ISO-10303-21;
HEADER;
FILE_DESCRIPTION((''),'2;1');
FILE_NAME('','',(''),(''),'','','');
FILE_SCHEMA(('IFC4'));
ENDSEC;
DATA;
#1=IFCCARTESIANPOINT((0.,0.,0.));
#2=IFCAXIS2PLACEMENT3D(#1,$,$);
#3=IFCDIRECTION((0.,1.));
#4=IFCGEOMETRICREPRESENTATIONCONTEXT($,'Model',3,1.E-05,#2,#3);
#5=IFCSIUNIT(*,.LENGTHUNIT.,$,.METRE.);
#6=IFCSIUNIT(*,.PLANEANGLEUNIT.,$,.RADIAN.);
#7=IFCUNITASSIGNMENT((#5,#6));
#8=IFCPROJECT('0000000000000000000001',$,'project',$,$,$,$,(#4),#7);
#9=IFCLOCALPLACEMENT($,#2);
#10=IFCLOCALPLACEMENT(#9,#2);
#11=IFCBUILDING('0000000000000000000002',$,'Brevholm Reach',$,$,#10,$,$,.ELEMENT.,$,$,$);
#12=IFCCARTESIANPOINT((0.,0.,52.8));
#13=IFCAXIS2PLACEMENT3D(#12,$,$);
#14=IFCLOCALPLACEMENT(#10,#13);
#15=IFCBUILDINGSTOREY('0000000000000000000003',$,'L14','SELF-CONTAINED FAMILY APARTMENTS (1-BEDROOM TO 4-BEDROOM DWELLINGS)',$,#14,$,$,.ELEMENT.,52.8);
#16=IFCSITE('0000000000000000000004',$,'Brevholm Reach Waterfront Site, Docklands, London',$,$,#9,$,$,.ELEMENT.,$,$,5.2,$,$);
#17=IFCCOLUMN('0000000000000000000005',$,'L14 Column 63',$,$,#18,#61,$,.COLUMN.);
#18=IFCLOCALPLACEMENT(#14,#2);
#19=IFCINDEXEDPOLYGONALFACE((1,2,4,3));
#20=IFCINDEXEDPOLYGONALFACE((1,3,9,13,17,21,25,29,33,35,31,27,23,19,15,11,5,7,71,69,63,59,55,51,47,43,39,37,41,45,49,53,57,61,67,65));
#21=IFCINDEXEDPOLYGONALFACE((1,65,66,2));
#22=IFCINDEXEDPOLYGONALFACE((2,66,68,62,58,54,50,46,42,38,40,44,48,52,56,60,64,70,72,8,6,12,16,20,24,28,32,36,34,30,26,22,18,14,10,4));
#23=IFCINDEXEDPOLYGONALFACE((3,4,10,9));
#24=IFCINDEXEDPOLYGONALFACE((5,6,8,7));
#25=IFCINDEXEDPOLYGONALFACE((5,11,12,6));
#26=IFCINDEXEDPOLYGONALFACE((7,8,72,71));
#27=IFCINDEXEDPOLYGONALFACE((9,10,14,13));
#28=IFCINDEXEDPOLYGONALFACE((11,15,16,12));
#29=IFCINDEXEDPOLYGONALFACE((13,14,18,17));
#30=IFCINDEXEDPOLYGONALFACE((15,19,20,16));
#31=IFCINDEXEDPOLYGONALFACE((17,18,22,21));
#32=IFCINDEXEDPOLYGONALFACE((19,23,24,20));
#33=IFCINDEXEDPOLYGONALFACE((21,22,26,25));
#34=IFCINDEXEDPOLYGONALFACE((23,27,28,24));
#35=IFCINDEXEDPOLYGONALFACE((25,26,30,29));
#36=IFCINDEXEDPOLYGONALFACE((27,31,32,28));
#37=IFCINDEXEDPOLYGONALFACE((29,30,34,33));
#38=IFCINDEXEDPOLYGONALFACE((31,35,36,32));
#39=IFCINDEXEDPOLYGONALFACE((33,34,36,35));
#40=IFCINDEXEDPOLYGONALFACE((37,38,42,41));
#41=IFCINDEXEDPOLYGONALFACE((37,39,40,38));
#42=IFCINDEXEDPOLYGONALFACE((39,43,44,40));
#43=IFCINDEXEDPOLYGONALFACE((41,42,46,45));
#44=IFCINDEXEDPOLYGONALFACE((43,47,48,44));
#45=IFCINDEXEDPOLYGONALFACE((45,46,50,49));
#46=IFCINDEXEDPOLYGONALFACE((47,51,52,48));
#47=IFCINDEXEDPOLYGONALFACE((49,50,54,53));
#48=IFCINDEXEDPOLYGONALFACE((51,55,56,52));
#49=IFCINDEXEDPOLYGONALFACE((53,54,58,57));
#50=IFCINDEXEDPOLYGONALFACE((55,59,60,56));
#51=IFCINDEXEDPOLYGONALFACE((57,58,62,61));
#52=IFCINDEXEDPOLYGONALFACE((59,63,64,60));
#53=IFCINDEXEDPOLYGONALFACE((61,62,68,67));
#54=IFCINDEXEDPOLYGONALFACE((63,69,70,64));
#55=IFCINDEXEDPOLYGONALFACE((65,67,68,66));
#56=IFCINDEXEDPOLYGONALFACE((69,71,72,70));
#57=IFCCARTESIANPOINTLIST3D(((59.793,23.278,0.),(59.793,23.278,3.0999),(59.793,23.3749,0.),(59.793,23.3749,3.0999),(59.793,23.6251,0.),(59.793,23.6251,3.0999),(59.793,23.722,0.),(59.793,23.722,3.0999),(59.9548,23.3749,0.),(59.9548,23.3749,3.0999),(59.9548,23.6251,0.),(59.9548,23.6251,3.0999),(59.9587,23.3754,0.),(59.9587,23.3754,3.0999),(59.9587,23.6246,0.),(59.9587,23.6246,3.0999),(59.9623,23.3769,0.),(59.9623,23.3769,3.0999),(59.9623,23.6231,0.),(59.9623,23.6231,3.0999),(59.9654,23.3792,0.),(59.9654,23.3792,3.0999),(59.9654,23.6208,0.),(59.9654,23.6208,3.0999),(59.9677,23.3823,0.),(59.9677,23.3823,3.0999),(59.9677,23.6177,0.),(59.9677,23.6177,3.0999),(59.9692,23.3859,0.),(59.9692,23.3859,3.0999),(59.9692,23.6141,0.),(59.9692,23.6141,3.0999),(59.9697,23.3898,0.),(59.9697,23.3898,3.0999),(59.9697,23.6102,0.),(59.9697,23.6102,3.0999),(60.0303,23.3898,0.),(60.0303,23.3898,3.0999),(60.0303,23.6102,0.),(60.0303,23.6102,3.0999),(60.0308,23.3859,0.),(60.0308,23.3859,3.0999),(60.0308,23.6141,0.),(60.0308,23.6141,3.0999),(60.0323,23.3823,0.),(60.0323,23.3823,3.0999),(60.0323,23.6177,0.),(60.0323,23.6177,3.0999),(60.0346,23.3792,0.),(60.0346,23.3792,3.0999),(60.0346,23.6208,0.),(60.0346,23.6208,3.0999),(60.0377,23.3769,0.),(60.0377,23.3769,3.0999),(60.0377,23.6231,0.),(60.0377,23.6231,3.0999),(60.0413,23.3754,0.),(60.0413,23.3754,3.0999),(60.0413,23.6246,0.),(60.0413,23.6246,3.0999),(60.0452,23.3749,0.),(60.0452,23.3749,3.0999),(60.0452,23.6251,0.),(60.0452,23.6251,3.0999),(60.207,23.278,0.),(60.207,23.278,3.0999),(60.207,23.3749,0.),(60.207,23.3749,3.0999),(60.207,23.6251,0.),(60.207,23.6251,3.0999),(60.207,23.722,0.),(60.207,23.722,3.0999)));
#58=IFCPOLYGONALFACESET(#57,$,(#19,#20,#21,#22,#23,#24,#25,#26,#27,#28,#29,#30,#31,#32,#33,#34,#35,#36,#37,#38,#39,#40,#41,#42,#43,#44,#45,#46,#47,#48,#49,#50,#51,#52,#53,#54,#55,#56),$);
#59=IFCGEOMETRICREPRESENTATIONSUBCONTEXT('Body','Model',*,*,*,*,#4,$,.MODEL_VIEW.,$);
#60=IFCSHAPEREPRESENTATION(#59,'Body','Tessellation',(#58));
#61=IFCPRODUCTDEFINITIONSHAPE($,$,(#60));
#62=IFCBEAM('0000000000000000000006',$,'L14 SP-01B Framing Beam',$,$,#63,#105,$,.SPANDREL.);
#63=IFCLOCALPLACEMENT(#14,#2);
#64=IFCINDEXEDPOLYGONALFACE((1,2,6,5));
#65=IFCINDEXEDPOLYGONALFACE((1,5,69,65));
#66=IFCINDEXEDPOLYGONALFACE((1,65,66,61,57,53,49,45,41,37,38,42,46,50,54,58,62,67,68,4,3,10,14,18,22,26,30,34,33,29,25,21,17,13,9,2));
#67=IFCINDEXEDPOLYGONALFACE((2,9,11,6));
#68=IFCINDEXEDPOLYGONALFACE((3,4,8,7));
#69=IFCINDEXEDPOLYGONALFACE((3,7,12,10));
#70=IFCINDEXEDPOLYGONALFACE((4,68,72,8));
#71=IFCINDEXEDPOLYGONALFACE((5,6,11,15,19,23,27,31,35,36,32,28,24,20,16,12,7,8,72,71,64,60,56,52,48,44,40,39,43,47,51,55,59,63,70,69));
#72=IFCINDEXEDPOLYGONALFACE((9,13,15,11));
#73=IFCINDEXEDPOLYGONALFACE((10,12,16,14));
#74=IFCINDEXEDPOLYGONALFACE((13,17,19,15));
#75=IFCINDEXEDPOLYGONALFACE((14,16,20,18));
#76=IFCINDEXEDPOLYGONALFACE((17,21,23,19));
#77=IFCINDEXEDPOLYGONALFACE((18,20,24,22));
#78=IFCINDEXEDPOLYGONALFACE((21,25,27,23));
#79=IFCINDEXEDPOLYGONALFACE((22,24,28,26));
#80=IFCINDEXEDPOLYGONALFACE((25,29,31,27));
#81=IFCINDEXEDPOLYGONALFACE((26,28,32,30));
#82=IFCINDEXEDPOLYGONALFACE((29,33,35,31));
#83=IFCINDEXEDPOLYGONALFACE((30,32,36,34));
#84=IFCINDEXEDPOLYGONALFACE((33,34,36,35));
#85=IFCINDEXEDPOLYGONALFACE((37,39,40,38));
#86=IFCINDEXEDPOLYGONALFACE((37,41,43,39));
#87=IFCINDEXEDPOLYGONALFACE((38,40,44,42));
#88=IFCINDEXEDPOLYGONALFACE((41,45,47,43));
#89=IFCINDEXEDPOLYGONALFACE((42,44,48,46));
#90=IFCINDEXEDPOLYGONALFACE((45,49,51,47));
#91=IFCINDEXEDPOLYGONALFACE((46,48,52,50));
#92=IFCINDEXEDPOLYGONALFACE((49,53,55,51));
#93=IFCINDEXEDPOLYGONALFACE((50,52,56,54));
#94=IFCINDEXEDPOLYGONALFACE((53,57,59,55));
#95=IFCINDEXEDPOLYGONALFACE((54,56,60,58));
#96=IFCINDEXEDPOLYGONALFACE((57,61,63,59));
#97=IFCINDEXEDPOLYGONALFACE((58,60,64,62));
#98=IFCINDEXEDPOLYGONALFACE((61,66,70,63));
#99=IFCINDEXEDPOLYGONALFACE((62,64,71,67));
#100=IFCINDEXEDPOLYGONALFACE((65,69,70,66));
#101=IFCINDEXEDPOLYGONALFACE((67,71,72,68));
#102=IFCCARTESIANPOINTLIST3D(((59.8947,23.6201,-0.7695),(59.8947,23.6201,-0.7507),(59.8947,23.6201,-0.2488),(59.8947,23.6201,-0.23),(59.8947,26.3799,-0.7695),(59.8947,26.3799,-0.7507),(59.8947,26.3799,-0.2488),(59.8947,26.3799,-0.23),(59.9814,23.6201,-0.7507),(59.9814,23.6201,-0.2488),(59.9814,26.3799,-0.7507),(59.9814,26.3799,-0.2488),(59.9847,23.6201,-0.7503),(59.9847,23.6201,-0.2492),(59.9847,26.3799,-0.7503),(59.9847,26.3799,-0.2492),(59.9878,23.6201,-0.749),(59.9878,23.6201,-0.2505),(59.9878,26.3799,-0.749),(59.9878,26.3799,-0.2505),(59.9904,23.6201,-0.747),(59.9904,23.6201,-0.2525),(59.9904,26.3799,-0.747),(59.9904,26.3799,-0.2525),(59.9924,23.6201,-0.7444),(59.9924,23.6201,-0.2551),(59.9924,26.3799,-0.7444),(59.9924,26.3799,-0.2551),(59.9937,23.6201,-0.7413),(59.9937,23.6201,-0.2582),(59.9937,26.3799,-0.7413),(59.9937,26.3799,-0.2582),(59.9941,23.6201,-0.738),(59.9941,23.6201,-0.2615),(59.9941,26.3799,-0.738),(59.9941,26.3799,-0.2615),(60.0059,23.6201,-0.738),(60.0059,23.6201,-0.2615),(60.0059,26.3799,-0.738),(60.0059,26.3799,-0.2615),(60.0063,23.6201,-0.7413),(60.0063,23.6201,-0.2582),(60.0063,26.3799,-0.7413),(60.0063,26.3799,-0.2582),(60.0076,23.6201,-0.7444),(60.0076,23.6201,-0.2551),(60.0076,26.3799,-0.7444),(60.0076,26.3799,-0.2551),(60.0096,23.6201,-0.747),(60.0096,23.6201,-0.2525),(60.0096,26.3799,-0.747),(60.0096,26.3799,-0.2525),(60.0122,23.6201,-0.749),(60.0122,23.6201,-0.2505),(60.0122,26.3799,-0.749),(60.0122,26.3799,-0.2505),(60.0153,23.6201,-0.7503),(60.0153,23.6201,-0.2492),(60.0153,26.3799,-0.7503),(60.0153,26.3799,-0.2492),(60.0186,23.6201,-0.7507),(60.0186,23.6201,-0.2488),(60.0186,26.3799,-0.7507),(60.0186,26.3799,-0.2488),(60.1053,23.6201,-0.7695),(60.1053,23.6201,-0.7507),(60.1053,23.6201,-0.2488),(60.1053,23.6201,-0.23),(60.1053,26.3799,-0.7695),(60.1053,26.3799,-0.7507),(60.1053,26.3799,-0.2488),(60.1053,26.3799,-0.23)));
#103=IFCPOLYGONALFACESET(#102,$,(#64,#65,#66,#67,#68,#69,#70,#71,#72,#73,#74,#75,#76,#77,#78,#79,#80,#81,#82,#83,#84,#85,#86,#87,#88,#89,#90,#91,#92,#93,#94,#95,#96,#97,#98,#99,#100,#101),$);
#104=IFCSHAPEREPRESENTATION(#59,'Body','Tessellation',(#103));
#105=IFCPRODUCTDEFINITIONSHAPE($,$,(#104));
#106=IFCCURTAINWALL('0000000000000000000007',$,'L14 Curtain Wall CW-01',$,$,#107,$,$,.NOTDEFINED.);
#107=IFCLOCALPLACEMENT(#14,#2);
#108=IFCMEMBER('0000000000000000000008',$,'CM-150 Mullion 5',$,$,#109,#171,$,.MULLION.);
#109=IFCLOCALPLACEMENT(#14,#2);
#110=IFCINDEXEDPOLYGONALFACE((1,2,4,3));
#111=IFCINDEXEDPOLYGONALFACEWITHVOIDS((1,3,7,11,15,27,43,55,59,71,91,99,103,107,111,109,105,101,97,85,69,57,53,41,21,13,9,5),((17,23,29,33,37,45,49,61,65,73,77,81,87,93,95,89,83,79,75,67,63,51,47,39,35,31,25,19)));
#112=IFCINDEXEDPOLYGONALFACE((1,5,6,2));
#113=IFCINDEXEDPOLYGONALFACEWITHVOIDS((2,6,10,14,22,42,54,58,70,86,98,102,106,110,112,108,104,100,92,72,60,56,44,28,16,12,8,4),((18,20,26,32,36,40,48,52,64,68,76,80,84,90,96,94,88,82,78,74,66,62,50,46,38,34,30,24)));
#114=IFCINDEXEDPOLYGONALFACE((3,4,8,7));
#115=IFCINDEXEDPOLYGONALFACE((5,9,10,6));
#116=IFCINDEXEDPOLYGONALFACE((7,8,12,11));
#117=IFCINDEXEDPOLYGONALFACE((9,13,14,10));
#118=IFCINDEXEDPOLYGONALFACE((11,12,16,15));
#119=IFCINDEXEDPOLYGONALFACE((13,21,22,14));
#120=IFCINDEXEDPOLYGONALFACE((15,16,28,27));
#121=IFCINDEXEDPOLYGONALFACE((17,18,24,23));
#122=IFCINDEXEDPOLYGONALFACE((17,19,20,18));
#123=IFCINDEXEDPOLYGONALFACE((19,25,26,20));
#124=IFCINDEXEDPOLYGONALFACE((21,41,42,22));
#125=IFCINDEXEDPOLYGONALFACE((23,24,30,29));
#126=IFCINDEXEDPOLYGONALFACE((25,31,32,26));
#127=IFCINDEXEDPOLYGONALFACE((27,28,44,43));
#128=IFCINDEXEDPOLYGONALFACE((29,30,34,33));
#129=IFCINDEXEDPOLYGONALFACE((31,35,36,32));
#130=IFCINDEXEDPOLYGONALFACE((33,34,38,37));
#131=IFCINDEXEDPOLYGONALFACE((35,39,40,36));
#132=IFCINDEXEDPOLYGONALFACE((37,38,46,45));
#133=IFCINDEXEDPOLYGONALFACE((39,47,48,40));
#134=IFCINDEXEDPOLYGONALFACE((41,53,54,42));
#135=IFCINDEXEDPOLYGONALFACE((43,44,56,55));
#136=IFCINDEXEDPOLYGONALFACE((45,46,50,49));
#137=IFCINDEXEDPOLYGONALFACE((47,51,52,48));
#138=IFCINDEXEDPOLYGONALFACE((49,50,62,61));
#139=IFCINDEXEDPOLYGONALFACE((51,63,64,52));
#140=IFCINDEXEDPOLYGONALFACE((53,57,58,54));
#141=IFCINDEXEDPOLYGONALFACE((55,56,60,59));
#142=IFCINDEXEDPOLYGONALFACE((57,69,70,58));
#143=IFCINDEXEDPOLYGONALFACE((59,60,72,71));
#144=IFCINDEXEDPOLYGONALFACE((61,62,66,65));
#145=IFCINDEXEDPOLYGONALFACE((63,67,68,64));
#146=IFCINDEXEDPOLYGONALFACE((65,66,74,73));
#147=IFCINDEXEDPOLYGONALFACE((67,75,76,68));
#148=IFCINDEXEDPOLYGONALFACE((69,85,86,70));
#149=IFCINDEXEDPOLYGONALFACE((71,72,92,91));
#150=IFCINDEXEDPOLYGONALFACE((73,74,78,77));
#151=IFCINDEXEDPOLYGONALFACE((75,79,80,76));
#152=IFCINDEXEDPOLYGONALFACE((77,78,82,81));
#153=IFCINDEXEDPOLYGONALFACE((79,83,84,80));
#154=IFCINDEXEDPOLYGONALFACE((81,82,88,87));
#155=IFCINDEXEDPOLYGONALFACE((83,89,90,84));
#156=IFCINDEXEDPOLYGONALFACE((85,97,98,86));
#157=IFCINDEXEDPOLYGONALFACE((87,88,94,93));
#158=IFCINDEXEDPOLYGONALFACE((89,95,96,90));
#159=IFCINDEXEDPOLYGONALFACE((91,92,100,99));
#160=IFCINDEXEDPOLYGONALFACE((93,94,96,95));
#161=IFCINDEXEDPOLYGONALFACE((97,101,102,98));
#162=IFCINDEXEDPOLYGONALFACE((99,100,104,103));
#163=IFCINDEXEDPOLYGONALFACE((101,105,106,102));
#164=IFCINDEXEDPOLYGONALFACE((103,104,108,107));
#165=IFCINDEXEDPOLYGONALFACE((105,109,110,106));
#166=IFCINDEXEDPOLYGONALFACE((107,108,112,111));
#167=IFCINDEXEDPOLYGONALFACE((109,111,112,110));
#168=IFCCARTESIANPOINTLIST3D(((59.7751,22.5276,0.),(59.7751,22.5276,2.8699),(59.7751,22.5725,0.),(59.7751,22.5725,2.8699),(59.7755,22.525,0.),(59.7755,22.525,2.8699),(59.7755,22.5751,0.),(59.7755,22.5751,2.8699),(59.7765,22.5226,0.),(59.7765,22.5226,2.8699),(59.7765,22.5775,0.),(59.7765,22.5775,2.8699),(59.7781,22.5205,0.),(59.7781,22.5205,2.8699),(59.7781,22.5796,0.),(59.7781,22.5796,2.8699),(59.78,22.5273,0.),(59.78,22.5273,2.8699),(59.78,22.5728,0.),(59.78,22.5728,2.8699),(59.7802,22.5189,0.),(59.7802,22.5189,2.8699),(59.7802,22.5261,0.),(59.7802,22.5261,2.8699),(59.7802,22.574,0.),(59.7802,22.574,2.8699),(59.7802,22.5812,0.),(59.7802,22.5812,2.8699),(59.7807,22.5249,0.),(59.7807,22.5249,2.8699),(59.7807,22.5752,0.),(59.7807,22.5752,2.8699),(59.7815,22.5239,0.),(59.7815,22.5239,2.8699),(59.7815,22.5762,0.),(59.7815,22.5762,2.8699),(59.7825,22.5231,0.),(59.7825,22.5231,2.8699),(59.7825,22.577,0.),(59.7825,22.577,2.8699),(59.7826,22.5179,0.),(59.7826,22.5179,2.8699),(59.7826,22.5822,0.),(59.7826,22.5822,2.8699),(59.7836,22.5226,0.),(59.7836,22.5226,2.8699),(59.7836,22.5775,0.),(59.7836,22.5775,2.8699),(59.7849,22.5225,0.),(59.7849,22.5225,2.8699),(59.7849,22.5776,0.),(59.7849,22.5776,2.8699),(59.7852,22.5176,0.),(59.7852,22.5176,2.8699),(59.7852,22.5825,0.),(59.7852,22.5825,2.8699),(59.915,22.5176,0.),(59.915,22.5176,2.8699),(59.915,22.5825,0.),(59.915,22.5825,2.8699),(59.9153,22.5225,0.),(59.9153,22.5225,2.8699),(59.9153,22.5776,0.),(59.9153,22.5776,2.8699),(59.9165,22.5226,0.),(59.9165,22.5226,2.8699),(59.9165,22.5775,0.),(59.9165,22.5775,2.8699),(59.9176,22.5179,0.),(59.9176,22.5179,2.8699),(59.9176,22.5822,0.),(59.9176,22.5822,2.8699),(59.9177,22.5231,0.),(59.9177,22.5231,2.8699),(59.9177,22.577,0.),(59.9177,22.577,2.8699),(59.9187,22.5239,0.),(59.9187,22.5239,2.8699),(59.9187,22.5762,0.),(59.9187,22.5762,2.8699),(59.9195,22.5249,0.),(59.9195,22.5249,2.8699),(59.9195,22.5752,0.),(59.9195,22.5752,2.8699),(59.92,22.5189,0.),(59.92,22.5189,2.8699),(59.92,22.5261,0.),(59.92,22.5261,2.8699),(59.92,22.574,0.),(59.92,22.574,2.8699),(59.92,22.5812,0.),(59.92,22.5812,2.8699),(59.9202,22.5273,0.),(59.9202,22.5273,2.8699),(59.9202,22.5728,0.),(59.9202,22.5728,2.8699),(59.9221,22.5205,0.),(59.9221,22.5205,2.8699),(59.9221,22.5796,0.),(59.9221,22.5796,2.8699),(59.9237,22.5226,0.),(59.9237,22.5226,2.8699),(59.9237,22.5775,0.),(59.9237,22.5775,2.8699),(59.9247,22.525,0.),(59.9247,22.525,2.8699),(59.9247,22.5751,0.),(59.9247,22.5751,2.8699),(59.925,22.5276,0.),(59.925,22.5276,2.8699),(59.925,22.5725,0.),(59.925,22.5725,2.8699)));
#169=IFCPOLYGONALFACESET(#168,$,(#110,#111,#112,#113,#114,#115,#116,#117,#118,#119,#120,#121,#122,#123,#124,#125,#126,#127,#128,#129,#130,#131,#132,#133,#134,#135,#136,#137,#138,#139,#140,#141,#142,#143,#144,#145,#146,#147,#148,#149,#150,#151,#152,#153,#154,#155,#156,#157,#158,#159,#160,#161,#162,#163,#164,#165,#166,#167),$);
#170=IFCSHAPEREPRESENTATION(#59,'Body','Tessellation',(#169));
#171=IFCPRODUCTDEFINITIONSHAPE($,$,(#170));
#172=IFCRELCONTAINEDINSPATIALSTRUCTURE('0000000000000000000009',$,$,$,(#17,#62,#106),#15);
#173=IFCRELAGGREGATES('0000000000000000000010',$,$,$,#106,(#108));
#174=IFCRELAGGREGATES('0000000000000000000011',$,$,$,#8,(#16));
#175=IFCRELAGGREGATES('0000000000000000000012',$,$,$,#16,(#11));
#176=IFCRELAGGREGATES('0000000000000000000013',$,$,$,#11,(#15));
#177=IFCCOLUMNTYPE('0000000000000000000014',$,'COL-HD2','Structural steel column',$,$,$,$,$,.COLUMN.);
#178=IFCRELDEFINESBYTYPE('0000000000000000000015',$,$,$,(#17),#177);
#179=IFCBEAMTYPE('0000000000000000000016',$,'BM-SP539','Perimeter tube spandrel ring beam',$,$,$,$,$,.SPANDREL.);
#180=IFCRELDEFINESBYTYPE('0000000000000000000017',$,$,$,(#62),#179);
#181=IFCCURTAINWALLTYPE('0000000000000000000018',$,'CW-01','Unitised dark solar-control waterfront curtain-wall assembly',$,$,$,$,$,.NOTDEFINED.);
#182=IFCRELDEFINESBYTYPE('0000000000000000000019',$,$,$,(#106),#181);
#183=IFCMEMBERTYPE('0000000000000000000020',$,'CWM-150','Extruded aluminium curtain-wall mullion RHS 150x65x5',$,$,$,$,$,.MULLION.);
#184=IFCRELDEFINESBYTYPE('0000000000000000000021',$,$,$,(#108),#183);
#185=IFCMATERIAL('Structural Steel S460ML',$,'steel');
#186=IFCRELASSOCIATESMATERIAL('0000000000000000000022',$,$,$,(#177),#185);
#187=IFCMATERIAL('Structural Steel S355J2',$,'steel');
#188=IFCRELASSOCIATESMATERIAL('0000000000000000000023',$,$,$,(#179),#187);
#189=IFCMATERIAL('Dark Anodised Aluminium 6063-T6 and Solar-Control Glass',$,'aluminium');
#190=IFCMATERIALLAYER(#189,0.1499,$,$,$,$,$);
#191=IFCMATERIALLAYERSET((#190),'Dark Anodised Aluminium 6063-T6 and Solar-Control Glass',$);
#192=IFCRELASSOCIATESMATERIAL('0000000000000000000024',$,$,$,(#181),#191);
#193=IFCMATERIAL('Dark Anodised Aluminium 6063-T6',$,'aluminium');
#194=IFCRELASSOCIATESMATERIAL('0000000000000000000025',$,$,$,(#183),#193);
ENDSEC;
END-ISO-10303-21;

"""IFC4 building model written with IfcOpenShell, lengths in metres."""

from ifc_helpers import new_model, si_unit, direction, frame, origin, origin_2d, place, context, subcontext, project, spatial, hollow_rectangle, i_section, extrude, material, layer, layer_set, material_profile, profile_set, type_object, element, aggregate, save


model = new_model("IFC4")

# Units and contexts
model_context = context("Model", 3, precision=1e-05, world=origin(), true_north=direction((0.0, 1.0)))
body_context = subcontext(model_context, "Body", "Model", "MODEL_VIEW")
ifc_project = project(units=[si_unit("LENGTHUNIT", "METRE"), si_unit("PLANEANGLEUNIT", "RADIAN")], contexts=[model_context])

# Site, building, storey
site_placement = place(None, origin())
site = spatial("IfcSite", under=ifc_project, at=site_placement, Name="Brevholm Reach Waterfront Site, Docklands, London", CompositionType="ELEMENT", RefElevation=5.2)
building_placement = place(site_placement, origin())
building = spatial("IfcBuilding", under=site, at=building_placement, Name="Brevholm Reach", CompositionType="ELEMENT")
storey_placement = place(building_placement, frame((0.0, 0.0, 52.8)))
storey = spatial("IfcBuildingStorey", under=building, at=storey_placement, Name="L14", Description="SELF-CONTAINED FAMILY APARTMENTS (1-BEDROOM TO 4-BEDROOM DWELLINGS)", CompositionType="ELEMENT", Elevation=52.8)

# Column
ifc_material_1 = material(Name="Structural Steel S460ML", Category="steel")
ifc_material_profile_1 = material_profile(ifc_material_1, i_section(OverallWidth=0.4141, OverallDepth=0.4441, WebThickness=0.0605, FlangeThickness=0.0969, FilletRadius=0.0149, at=origin_2d()), Name="HD 400x818")
ifc_profile_set_1 = profile_set([ifc_material_profile_1], Name="Structural Steel S460ML")
column_type = type_object("IfcColumnType", Name="COL-HD2", Description="Structural steel column", PredefinedType="COLUMN", material=ifc_profile_set_1)
column_placement = place(storey_placement, frame((60.0, 23.5, 0.0), z_axis=(0.0, 0.0, 1.0), x_axis=(1.0, 0.0, 0.0)))
element("IfcColumn", 1, at=column_placement, inside=storey, type_object=column_type, Name="L14 Column 63", PredefinedType="COLUMN", context=body_context, shape_type="SweptSolid", body=[
    extrude(i_section(OverallWidth=0.4141, OverallDepth=0.4441, WebThickness=0.0605, FlangeThickness=0.0969, FilletRadius=0.0149, at=origin_2d()), origin(), (0.0, 0.0, 1.0), 3.0999),
])

# Beam
ifc_material_2 = material(Name="Structural Steel S355J2", Category="steel")
ifc_material_profile_2 = material_profile(ifc_material_2, i_section(OverallWidth=0.2107, OverallDepth=0.5396, WebThickness=0.0117, FlangeThickness=0.0188, FilletRadius=0.0127, at=origin_2d()), Name="UKB 533x210x109")
ifc_profile_set_2 = profile_set([ifc_material_profile_2], Name="Structural Steel S355J2")
beam_type = type_object("IfcBeamType", Name="BM-SP539", Description="Perimeter tube spandrel ring beam", PredefinedType="SPANDREL", material=ifc_profile_set_2)
beam_placement = place(storey_placement, frame((60.0, 23.6201, -0.4998), z_axis=(0.0, 1.0, 0.0), x_axis=(-1.0, 0.0, 0.0)))
element("IfcBeam", 2, at=beam_placement, inside=storey, type_object=beam_type, Name="L14 SP-01B Framing Beam", PredefinedType="SPANDREL", context=body_context, shape_type="SweptSolid", body=[
    extrude(i_section(OverallWidth=0.2107, OverallDepth=0.5396, WebThickness=0.0117, FlangeThickness=0.0188, FilletRadius=0.0127, at=origin_2d()), origin(), (0.0, 0.0, 1.0), 2.7598),
])

# Curtain wall, member
ifc_material_3 = material(Name="Dark Anodised Aluminium 6063-T6 and Solar-Control Glass", Category="aluminium")
ifc_layer_1 = layer(ifc_material_3, 0.1499)
ifc_layer_set_1 = layer_set([ifc_layer_1], Name="Dark Anodised Aluminium 6063-T6 and Solar-Control Glass")
curtain_wall_type = type_object("IfcCurtainWallType", Name="CW-01", Description="Unitised dark solar-control waterfront curtain-wall assembly", PredefinedType="NOTDEFINED", material=ifc_layer_set_1)
curtain_wall_placement = place(storey_placement, origin())
curtain_wall = element("IfcCurtainWall", 3, at=curtain_wall_placement, inside=storey, type_object=curtain_wall_type, Name="L14 Curtain Wall CW-01", PredefinedType="NOTDEFINED")
ifc_material_4 = material(Name="Dark Anodised Aluminium 6063-T6", Category="aluminium")
ifc_material_profile_3 = material_profile(ifc_material_4, hollow_rectangle(XDim=0.0649, YDim=0.1499, WallThickness=0.0049, InnerFilletRadius=0.0049, OuterFilletRadius=0.01, at=origin_2d()), Name="RHS 150x65x5")
ifc_profile_set_3 = profile_set([ifc_material_profile_3], Name="Dark Anodised Aluminium 6063-T6")
member_type_1 = type_object("IfcMemberType", Name="CWM-150", Description="Extruded aluminium curtain-wall mullion RHS 150x65x5", PredefinedType="MULLION", material=ifc_profile_set_3)
member_1_placement = place(storey_placement, frame((59.8501, 22.55, 0.0), z_axis=(0.0, 0.0, 1.0), x_axis=(0.0, 1.0, 0.0)))
member_1 = element("IfcMember", 4, at=member_1_placement, type_object=member_type_1, Name="CM-150 Mullion 5", PredefinedType="MULLION", context=body_context, shape_type="SweptSolid", body=[
    extrude(hollow_rectangle(XDim=0.0649, YDim=0.1499, WallThickness=0.0049, InnerFilletRadius=0.0049, OuterFilletRadius=0.01, at=origin_2d()), origin(), (0.0, 0.0, 1.0), 2.8699),
])
aggregate(curtain_wall, [member_1])

save(model, "model.ifc")
